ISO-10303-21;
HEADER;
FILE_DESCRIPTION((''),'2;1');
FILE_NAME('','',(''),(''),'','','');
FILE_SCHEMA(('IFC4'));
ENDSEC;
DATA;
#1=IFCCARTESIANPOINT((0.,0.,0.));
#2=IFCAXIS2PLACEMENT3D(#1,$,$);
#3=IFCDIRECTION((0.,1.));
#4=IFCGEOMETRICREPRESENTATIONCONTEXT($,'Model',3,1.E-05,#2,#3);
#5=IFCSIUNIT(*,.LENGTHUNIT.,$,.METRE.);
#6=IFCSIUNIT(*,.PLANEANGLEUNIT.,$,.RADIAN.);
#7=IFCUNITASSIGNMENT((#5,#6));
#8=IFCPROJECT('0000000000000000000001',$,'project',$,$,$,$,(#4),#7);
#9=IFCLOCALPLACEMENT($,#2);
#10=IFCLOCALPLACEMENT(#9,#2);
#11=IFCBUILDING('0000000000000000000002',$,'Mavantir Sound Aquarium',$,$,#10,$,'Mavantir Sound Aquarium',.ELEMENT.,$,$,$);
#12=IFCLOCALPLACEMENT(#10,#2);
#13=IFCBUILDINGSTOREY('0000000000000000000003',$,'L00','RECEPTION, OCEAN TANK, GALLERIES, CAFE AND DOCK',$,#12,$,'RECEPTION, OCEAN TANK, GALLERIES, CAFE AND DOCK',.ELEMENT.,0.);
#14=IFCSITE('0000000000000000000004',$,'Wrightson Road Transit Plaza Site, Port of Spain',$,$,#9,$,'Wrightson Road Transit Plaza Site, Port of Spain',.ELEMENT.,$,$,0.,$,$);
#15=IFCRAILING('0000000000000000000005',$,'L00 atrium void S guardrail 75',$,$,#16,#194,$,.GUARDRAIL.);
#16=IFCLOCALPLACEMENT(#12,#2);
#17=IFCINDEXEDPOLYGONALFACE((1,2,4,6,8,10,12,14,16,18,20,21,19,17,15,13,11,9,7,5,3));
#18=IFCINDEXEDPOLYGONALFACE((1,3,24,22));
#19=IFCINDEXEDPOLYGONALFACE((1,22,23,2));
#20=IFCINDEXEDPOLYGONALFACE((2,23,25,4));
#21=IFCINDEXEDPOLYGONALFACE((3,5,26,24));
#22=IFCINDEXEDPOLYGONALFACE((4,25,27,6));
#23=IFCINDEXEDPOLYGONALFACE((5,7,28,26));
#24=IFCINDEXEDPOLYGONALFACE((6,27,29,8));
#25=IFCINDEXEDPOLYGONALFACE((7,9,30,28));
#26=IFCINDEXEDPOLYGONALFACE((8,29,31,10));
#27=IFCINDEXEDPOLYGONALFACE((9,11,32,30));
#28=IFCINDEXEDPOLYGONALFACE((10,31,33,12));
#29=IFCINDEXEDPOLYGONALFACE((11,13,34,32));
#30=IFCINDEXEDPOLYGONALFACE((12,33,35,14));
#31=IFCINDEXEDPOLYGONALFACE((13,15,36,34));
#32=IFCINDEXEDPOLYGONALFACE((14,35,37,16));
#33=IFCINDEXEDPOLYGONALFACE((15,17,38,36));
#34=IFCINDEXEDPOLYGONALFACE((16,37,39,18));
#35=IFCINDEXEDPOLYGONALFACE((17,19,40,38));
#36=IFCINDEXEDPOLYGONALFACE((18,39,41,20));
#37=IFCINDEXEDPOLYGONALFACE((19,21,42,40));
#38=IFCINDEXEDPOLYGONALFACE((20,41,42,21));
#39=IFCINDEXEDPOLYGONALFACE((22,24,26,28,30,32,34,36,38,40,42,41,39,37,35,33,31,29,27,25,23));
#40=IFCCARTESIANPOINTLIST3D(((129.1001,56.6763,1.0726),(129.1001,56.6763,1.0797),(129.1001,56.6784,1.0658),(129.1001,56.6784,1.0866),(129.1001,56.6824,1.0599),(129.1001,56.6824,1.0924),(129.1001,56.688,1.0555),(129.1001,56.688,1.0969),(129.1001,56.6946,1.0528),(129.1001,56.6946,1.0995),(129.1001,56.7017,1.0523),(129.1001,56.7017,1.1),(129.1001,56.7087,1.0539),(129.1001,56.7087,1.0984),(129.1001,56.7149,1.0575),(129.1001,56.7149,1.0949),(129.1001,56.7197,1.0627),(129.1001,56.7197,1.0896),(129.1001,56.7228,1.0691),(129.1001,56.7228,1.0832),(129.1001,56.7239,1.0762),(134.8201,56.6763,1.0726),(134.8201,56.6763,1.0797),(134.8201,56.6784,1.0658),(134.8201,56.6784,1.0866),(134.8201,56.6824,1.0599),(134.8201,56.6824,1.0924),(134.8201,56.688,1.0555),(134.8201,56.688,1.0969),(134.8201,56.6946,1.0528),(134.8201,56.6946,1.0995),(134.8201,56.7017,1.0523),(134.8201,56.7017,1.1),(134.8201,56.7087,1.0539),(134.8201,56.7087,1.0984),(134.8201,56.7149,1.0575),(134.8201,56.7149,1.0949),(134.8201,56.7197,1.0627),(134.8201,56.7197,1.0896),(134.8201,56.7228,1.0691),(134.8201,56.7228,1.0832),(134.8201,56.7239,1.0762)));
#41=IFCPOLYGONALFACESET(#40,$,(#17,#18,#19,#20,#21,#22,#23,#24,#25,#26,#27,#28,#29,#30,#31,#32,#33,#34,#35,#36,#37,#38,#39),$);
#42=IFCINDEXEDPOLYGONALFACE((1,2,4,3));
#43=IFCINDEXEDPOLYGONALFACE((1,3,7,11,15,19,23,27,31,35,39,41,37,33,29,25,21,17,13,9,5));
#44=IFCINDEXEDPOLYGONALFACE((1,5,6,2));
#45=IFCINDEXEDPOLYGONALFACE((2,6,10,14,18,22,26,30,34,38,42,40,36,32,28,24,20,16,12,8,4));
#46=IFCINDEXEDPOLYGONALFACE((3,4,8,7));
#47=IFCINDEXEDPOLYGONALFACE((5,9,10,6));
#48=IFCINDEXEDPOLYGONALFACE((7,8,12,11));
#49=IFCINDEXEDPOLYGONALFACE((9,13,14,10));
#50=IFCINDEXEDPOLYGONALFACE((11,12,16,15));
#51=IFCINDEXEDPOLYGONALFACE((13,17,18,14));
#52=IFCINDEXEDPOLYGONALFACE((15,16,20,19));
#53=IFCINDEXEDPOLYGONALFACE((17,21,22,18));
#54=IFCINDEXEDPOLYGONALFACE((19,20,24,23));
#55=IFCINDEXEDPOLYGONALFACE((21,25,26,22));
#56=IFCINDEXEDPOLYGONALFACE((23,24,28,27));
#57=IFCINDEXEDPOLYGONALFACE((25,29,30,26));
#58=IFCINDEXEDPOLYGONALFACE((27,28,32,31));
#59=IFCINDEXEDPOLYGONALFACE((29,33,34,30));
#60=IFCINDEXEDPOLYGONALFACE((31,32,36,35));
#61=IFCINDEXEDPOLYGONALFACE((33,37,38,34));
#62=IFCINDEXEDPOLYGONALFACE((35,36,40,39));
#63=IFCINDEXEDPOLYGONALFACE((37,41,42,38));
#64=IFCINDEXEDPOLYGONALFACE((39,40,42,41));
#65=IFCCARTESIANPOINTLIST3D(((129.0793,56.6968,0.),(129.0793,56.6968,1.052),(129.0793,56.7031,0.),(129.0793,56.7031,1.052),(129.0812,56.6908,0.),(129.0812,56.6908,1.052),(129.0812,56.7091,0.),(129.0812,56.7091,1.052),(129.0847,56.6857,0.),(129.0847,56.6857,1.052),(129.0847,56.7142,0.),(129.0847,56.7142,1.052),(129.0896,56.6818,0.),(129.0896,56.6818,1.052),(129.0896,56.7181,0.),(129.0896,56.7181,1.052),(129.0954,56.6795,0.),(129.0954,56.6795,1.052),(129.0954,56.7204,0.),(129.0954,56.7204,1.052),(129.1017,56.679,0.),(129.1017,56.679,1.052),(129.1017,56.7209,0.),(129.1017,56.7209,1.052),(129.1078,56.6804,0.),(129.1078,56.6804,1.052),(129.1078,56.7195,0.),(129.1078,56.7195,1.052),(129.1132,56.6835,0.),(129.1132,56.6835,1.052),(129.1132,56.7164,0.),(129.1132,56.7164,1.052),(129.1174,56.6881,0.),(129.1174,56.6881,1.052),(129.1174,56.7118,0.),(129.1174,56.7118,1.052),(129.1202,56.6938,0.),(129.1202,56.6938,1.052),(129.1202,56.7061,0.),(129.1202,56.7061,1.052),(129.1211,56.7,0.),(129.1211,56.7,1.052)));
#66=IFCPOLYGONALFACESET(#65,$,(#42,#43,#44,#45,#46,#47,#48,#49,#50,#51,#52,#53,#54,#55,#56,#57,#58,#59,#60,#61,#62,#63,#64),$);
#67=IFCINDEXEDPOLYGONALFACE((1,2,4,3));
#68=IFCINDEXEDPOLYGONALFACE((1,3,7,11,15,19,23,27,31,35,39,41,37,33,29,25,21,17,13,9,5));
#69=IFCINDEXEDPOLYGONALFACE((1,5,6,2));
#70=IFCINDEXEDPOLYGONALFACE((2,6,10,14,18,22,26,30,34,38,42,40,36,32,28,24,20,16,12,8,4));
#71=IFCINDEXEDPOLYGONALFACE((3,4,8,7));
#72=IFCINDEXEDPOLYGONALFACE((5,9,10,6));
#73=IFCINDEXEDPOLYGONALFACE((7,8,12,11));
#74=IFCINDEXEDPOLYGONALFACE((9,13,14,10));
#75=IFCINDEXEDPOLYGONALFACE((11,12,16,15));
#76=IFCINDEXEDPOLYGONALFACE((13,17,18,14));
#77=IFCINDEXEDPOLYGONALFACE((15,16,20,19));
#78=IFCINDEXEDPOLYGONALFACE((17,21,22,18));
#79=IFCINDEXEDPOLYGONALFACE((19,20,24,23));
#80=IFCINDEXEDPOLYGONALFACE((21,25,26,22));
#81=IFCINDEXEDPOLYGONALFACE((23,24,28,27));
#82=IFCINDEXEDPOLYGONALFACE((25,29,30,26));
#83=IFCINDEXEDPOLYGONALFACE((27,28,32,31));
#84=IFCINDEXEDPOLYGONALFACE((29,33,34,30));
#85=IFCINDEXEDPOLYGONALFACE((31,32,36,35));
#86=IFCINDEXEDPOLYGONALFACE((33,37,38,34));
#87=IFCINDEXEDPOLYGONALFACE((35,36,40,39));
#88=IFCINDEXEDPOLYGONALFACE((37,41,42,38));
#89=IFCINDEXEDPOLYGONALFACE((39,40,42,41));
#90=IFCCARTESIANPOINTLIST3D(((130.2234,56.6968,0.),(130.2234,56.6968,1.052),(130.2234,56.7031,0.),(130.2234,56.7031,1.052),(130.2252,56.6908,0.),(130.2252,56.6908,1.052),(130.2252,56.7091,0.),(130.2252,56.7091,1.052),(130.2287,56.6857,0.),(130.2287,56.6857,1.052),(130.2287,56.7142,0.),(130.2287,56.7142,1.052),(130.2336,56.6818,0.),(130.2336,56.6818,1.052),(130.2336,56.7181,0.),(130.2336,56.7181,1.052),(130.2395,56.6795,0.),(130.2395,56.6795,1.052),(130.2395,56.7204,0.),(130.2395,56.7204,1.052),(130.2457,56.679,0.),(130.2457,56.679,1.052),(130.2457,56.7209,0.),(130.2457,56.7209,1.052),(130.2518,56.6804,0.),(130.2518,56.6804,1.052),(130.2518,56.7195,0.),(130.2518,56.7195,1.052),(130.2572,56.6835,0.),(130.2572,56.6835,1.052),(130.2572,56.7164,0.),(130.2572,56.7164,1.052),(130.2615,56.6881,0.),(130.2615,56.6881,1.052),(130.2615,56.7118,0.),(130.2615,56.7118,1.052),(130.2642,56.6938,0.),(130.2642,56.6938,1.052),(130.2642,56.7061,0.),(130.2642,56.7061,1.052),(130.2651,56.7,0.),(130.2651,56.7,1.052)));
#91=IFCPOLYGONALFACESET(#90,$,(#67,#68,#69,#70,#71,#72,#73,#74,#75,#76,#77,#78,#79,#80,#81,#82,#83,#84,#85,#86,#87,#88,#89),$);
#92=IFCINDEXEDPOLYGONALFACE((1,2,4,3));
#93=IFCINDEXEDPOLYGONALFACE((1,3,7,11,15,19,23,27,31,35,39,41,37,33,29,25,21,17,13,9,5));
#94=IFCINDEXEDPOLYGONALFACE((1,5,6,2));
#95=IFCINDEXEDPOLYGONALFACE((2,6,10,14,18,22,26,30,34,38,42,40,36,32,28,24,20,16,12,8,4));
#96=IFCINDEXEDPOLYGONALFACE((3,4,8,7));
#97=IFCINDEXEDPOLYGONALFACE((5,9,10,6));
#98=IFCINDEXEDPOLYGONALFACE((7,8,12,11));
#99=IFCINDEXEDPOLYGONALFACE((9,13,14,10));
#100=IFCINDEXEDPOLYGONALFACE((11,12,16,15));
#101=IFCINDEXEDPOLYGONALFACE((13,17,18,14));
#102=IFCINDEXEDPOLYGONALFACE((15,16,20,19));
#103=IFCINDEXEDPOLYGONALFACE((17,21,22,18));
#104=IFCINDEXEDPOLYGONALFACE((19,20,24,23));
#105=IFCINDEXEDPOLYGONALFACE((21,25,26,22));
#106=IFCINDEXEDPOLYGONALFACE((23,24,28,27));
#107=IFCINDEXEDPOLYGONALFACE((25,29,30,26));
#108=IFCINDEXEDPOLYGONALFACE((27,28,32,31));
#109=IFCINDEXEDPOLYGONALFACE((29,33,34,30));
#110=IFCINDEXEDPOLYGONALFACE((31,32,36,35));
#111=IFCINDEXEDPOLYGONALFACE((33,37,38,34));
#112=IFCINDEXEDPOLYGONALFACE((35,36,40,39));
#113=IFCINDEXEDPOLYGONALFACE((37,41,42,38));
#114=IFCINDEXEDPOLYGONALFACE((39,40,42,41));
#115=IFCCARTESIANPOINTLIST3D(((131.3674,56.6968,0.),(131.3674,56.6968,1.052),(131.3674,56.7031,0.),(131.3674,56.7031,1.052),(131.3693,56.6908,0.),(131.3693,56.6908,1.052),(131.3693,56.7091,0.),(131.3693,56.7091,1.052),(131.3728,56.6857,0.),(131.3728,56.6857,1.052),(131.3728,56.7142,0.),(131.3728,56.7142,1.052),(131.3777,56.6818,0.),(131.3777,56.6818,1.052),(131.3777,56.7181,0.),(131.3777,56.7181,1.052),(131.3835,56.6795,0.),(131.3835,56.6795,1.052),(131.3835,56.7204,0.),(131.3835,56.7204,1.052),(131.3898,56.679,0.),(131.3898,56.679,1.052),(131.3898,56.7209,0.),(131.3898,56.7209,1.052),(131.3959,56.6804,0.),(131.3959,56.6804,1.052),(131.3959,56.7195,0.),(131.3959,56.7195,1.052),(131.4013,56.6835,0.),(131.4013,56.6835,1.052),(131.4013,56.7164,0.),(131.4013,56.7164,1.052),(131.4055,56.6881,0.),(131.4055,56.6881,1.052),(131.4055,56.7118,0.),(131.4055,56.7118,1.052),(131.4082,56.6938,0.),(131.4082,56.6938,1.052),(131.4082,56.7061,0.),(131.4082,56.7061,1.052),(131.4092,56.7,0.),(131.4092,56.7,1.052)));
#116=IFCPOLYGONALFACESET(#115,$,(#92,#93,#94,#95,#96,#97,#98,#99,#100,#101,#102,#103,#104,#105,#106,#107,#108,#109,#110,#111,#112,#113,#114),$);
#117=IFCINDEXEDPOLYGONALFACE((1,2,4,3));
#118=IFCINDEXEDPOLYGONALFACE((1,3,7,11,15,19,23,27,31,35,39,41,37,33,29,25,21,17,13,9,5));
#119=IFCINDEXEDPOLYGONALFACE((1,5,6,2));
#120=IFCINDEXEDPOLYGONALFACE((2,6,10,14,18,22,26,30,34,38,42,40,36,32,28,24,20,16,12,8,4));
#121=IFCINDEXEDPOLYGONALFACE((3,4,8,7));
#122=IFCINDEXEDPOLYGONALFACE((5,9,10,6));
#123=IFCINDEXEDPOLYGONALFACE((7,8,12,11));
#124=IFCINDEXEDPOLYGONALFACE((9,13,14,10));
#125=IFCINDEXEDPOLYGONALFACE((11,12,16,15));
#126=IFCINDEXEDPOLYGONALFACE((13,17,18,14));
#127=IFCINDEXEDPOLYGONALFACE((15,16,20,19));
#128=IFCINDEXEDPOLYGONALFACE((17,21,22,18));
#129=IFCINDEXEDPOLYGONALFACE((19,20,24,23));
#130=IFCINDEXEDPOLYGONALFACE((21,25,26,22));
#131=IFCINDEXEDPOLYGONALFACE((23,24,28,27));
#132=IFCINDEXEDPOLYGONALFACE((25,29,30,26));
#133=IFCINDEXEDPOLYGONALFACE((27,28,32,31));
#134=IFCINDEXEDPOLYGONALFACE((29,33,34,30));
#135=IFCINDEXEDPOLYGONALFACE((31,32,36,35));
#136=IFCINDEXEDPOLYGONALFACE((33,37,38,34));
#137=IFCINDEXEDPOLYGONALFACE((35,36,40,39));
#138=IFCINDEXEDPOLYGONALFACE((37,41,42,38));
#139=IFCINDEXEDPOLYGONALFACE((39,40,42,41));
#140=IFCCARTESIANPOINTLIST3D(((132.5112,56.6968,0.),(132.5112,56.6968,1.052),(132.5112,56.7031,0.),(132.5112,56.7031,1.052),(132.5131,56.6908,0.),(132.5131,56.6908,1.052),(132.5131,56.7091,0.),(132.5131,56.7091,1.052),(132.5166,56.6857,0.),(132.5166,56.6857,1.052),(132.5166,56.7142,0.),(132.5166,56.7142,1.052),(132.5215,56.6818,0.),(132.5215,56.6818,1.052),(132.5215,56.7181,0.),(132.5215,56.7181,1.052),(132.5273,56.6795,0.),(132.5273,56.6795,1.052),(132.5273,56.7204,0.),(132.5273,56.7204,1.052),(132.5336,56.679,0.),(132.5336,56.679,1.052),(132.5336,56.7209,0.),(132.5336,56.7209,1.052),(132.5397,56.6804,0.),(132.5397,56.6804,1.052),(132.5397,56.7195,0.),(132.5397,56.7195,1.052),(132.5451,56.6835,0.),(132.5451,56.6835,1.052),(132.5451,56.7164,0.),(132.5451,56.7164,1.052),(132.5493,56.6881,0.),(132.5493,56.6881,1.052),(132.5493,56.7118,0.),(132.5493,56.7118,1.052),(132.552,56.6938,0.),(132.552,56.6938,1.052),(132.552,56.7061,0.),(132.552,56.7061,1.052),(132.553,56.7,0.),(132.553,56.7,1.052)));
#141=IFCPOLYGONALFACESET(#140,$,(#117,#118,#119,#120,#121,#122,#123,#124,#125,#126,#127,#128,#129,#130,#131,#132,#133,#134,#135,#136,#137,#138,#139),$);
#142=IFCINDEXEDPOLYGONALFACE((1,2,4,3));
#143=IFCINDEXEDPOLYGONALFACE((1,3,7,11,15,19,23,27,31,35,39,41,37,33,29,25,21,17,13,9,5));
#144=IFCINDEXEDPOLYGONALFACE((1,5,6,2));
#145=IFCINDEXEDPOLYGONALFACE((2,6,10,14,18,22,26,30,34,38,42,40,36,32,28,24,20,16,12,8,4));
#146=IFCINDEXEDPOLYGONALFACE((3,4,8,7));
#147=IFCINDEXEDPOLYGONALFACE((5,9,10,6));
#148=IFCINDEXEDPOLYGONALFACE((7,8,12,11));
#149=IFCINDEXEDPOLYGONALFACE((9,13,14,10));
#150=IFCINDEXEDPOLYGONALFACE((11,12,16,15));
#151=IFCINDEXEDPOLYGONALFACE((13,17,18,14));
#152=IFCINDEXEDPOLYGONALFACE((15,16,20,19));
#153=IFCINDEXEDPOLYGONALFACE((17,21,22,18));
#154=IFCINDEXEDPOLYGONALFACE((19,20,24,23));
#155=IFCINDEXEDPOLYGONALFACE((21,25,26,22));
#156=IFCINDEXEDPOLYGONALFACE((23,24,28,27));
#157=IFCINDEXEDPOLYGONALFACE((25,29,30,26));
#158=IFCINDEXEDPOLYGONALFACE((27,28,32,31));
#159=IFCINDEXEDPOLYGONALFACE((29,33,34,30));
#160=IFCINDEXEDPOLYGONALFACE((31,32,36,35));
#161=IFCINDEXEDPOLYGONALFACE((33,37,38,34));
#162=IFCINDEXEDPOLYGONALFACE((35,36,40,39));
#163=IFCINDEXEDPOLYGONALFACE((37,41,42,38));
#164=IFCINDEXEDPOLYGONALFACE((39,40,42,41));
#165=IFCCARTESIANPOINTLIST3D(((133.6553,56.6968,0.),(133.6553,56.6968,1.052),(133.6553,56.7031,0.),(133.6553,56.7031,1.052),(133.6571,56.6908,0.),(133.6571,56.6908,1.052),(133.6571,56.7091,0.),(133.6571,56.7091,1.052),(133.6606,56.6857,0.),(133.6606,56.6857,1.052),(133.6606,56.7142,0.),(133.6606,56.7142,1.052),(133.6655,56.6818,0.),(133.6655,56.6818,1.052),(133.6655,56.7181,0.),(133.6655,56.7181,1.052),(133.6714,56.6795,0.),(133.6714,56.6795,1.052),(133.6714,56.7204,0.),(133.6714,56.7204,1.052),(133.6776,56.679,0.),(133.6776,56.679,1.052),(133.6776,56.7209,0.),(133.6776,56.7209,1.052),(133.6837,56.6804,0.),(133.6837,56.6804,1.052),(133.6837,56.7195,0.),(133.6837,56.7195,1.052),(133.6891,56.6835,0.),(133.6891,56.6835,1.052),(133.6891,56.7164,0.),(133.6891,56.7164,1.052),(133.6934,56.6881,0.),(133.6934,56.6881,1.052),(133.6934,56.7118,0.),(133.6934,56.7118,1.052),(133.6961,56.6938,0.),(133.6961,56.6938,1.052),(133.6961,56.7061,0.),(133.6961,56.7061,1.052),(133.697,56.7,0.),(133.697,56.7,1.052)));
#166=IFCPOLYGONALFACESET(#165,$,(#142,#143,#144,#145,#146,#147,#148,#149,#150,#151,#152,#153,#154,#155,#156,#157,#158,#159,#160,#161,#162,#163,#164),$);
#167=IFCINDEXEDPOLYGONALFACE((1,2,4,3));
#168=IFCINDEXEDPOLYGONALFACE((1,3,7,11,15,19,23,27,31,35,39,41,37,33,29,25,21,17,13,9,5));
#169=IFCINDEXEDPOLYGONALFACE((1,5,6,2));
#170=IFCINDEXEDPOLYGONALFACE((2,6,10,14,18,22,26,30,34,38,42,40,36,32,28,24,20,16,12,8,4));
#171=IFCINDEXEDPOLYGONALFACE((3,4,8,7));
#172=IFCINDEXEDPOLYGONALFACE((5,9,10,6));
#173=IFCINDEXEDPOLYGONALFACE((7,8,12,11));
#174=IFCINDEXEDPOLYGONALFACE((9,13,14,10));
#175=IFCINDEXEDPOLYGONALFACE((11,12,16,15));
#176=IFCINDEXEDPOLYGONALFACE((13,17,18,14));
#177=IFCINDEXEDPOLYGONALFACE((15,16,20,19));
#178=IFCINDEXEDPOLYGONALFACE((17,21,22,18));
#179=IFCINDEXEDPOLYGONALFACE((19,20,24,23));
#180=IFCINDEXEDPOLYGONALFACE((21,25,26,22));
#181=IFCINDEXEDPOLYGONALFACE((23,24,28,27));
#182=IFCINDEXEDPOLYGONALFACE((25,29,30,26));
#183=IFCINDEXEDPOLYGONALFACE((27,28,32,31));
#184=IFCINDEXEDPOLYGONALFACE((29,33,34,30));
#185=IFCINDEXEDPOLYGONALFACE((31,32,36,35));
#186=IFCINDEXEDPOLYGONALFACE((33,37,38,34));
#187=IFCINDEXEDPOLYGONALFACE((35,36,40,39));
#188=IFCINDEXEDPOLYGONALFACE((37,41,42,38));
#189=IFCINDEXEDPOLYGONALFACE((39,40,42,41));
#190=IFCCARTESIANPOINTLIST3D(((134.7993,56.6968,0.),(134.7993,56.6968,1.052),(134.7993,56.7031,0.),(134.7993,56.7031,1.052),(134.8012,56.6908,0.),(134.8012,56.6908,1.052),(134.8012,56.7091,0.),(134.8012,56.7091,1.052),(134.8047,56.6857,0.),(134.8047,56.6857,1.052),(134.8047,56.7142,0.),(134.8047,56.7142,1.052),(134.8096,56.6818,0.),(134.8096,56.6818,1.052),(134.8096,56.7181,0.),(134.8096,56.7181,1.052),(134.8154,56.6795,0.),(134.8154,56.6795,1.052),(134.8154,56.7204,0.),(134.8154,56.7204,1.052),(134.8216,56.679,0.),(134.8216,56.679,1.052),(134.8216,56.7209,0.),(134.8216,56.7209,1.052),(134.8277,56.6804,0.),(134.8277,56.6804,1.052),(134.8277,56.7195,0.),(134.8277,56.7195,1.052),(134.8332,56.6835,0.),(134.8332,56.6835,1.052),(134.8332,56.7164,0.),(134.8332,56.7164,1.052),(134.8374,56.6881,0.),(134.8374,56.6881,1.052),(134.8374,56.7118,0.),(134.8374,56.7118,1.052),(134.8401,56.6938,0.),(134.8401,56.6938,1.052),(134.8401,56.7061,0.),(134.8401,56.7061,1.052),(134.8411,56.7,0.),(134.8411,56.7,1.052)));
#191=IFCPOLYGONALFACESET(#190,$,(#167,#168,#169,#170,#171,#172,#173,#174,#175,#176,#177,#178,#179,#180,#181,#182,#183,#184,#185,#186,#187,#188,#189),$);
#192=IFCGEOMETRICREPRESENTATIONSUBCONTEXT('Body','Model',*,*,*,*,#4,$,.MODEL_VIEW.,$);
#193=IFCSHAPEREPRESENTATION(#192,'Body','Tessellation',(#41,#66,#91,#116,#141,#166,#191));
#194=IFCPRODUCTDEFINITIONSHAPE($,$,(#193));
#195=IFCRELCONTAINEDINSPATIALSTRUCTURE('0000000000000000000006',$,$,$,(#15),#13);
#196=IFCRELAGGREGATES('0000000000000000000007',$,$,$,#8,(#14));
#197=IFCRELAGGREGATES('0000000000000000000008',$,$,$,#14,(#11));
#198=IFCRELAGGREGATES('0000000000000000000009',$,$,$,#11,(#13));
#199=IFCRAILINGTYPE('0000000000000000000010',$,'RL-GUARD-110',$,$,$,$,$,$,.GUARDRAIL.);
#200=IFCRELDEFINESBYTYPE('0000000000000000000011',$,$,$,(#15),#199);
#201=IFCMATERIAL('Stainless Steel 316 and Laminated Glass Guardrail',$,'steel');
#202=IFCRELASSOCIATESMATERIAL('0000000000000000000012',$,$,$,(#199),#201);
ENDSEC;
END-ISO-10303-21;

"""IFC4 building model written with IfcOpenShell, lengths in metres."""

from ifc_helpers import new_model, si_unit, direction, frame, origin, origin_2d, place, context, subcontext, project, spatial, circle, extrude, material, type_object, element, save


model = new_model("IFC4")

# Units and contexts
model_context = context("Model", 3, precision=1e-05, world=origin(), true_north=direction((0.0, 1.0)))
body_context = subcontext(model_context, "Body", "Model", "MODEL_VIEW")
ifc_project = project(units=[si_unit("LENGTHUNIT", "METRE"), si_unit("PLANEANGLEUNIT", "RADIAN")], contexts=[model_context])

# Site, building, storey
site_placement = place(None, origin())
site = spatial("IfcSite", under=ifc_project, at=site_placement, Name="Wrightson Road Transit Plaza Site, Port of Spain", LongName="Wrightson Road Transit Plaza Site, Port of Spain", CompositionType="ELEMENT", RefElevation=0.0)
building_placement = place(site_placement, origin())
building = spatial("IfcBuilding", under=site, at=building_placement, Name="Mavantir Sound Aquarium", LongName="Mavantir Sound Aquarium", CompositionType="ELEMENT")
storey_placement = place(building_placement, origin())
storey = spatial("IfcBuildingStorey", under=building, at=storey_placement, Name="L00", Description="RECEPTION, OCEAN TANK, GALLERIES, CAFE AND DOCK", LongName="RECEPTION, OCEAN TANK, GALLERIES, CAFE AND DOCK", CompositionType="ELEMENT", Elevation=0.0)

# Railing
ifc_material_1 = material(Name="Stainless Steel 316 and Laminated Glass Guardrail", Category="steel")
railing_type = type_object("IfcRailingType", Name="RL-GUARD-110", PredefinedType="GUARDRAIL", material=ifc_material_1)
railing_1_placement = place(storey_placement, frame((129.1001, 56.7, 0.0)))
element("IfcRailing", 1, at=railing_1_placement, inside=storey, type_object=railing_type, Name="L00 atrium void S guardrail 75", PredefinedType="GUARDRAIL", context=body_context, shape_type="SweptSolid", body=[
    extrude(circle(Radius=0.0239, at=origin_2d()), frame((0.0, 0.0, 1.0762), z_axis=(1.0, 0.0, 0.0), x_axis=(0.0, 1.0, 0.0)), (0.0, 0.0, 1.0), 5.72),
    extrude(circle(Radius=0.021, at=origin_2d()), origin(), (0.0, 0.0, 1.0), 1.052),
    extrude(circle(Radius=0.021, at=origin_2d()), frame((1.144, 0.0, 0.0)), (0.0, 0.0, 1.0), 1.052),
    extrude(circle(Radius=0.021, at=origin_2d()), frame((2.2881, 0.0, 0.0)), (0.0, 0.0, 1.0), 1.052),
    extrude(circle(Radius=0.021, at=origin_2d()), frame((3.4319, 0.0, 0.0)), (0.0, 0.0, 1.0), 1.052),
    extrude(circle(Radius=0.021, at=origin_2d()), frame((4.5759, 0.0, 0.0)), (0.0, 0.0, 1.0), 1.052),
    extrude(circle(Radius=0.021, at=origin_2d()), frame((5.72, 0.0, 0.0)), (0.0, 0.0, 1.0), 1.052),
])

save(model, "model.ifc")
